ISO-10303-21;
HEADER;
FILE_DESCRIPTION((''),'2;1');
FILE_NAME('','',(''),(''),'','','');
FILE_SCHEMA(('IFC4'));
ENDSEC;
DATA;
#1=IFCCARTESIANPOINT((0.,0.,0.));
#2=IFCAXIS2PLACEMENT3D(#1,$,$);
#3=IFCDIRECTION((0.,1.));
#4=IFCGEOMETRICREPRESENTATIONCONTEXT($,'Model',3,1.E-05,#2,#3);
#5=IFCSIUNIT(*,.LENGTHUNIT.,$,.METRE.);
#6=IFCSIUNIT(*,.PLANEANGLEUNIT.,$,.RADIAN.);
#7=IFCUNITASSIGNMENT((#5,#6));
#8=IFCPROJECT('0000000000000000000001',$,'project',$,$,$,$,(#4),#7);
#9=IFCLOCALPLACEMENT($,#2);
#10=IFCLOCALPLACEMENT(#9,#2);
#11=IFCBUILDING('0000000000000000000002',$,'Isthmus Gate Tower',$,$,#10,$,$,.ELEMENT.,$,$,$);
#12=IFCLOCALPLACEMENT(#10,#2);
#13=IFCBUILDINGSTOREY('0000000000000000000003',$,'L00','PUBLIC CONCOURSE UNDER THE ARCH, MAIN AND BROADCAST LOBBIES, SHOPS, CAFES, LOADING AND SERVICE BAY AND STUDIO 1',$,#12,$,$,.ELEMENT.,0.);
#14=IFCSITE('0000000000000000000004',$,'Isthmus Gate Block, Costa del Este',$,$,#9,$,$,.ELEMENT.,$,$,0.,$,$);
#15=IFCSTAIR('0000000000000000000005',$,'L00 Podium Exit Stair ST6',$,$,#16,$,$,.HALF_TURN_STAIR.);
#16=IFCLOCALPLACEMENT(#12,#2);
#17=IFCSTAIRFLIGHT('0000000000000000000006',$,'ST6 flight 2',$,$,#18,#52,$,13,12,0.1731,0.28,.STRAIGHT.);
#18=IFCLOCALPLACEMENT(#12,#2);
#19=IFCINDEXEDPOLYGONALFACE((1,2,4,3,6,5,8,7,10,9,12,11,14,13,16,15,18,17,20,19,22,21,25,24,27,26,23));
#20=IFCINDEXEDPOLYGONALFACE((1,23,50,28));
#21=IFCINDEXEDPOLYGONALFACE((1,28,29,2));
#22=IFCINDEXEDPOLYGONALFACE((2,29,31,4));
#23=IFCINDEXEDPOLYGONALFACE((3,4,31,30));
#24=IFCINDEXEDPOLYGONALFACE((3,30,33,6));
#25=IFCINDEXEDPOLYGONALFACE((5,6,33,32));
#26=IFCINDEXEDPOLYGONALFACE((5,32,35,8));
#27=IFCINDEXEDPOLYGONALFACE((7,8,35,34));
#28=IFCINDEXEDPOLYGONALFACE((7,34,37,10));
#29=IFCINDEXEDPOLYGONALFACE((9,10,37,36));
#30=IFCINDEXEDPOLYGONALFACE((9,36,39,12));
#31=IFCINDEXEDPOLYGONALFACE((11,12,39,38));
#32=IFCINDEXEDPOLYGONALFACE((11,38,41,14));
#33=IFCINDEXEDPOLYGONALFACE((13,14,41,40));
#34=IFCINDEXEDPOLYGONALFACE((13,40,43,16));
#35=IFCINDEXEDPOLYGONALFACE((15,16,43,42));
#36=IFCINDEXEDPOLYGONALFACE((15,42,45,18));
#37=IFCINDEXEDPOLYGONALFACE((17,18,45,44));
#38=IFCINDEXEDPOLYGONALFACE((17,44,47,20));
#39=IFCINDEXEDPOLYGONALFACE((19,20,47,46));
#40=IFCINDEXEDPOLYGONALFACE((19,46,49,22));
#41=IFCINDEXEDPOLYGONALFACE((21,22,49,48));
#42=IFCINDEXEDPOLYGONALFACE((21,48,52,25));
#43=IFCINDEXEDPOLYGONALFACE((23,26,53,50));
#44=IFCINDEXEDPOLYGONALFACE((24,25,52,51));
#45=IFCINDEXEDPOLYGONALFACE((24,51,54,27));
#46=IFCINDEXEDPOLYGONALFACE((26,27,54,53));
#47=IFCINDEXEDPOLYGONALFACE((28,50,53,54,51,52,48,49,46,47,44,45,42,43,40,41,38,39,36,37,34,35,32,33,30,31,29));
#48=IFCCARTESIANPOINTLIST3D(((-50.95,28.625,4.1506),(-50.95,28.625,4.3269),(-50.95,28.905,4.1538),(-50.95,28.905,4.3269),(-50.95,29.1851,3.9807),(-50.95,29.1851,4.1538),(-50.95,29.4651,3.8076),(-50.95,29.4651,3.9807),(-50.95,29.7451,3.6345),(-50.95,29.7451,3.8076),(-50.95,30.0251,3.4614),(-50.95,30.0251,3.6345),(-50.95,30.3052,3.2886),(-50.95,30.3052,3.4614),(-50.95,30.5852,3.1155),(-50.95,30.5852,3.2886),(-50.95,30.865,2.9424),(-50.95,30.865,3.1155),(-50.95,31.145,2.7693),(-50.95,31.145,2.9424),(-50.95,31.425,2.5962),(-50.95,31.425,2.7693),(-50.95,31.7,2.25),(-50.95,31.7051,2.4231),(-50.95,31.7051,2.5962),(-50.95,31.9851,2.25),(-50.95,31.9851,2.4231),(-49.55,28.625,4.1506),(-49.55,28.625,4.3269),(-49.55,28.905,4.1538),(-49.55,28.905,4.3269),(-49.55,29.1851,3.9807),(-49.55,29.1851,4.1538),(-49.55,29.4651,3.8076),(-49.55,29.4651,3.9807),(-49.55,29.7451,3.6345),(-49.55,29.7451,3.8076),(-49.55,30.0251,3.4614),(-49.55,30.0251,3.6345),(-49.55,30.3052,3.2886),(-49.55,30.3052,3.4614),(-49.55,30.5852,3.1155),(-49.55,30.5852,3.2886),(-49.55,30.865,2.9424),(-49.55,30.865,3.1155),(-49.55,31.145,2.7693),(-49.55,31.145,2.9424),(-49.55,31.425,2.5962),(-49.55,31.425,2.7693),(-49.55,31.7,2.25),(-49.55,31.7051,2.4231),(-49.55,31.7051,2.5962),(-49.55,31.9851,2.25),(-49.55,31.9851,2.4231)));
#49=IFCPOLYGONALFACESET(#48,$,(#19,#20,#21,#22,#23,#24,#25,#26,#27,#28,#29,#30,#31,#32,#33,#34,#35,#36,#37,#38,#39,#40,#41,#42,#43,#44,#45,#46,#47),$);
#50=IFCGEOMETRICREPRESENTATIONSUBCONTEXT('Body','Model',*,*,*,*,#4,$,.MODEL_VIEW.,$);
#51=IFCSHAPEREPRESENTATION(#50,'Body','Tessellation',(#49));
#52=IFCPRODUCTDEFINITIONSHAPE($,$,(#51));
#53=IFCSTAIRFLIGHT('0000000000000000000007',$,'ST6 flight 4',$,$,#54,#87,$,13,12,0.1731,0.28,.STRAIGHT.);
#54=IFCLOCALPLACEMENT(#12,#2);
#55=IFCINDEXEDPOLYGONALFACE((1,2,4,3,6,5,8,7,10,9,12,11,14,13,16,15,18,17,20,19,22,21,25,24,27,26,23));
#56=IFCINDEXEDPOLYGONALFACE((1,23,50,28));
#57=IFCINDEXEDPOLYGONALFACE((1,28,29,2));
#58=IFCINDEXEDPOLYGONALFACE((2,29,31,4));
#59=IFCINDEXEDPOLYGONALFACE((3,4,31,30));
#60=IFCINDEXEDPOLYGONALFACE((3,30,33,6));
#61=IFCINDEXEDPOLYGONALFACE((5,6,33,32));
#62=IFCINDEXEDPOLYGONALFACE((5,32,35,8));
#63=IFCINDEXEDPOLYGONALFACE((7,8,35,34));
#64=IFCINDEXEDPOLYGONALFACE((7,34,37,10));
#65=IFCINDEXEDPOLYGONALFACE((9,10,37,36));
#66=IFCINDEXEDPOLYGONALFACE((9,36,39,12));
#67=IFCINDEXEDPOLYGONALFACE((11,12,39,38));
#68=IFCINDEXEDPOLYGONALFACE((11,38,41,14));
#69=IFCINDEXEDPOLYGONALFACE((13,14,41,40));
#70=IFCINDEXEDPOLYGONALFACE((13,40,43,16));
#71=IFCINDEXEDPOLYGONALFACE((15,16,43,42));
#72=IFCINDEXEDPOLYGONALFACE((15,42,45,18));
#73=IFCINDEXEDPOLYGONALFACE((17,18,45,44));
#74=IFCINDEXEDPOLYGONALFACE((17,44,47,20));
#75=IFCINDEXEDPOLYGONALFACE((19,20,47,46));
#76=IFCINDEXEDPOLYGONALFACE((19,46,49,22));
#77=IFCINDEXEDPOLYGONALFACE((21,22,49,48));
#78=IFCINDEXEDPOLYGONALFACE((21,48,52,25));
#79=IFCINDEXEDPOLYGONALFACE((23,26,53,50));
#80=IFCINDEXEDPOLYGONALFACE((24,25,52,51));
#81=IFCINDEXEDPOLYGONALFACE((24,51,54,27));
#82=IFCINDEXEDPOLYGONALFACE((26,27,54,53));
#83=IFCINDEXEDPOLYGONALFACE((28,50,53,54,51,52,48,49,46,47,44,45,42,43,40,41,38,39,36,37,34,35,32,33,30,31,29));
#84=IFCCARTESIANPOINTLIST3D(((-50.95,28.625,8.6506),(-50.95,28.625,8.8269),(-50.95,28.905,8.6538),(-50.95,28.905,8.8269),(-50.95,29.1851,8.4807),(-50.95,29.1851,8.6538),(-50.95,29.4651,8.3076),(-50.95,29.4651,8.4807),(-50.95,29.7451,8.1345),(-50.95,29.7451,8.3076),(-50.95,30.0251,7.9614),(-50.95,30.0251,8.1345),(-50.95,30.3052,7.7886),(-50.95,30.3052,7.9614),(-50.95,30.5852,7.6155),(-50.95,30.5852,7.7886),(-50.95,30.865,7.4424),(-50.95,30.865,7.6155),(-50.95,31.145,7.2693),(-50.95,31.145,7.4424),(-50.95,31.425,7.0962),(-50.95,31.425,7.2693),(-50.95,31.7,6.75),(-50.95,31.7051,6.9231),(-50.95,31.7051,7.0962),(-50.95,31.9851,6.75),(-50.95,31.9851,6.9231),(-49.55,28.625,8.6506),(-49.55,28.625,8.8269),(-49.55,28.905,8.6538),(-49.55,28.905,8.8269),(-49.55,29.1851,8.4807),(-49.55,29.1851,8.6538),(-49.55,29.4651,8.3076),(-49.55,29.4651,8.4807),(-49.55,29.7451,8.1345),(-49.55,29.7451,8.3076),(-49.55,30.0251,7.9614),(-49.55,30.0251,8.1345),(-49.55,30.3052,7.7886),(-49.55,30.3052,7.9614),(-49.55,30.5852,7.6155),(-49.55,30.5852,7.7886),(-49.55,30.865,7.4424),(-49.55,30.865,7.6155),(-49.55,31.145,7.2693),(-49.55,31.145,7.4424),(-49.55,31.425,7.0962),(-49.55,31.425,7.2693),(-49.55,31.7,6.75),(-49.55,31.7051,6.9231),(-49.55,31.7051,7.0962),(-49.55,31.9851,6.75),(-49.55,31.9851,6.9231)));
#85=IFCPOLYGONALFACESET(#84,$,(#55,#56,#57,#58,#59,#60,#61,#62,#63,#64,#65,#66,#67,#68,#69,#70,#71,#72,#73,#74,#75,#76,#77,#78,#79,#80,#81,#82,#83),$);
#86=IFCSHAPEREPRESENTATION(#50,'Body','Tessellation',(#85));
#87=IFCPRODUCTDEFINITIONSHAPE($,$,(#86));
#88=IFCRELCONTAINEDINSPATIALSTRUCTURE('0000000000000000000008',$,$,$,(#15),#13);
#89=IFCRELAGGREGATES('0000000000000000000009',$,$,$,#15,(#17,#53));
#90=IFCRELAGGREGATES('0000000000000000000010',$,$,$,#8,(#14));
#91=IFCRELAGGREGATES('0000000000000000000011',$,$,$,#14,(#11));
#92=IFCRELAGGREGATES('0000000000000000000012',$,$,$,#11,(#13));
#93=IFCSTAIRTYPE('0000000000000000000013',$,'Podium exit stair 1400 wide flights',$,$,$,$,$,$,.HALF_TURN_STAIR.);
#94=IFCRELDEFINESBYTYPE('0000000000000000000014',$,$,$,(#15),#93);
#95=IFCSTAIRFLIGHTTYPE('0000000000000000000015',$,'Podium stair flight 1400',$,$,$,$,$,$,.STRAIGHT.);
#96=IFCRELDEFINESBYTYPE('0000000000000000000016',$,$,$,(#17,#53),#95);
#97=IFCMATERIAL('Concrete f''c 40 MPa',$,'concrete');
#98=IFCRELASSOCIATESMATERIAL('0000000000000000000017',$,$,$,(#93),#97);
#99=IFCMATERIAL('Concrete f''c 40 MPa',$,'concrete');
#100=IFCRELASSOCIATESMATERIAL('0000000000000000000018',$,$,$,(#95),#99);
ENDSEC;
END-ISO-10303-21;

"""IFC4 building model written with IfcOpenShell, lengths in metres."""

from ifc_helpers import new_model, si_unit, direction, frame, origin, place, context, subcontext, project, spatial, polyline, outline, extrude, material, type_object, element, aggregate, save


model = new_model("IFC4")

# Units and contexts
model_context = context("Model", 3, precision=1e-05, world=origin(), true_north=direction((0.0, 1.0)))
body_context = subcontext(model_context, "Body", "Model", "MODEL_VIEW")
ifc_project = project(units=[si_unit("LENGTHUNIT", "METRE"), si_unit("PLANEANGLEUNIT", "RADIAN")], contexts=[model_context])

# Site, building, storey
site_placement = place(None, origin())
site = spatial("IfcSite", under=ifc_project, at=site_placement, Name="Isthmus Gate Block, Costa del Este", CompositionType="ELEMENT", RefElevation=0.0)
building_placement = place(site_placement, origin())
building = spatial("IfcBuilding", under=site, at=building_placement, Name="Isthmus Gate Tower", CompositionType="ELEMENT")
storey_placement = place(building_placement, origin())
storey = spatial("IfcBuildingStorey", under=building, at=storey_placement, Name="L00", Description="PUBLIC CONCOURSE UNDER THE ARCH, MAIN AND BROADCAST LOBBIES, SHOPS, CAFES, LOADING AND SERVICE BAY AND STUDIO 1", CompositionType="ELEMENT", Elevation=0.0)

# Stair, stair flights
ifc_material_1 = material(Name="Concrete f'c 40 MPa", Category="concrete")
stair_type = type_object("IfcStairType", Name="Podium exit stair 1400 wide flights", PredefinedType="HALF_TURN_STAIR", material=ifc_material_1)
stair_placement = place(storey_placement, origin())
stair = element("IfcStair", 1, at=stair_placement, inside=storey, type_object=stair_type, Name="L00 Podium Exit Stair ST6", PredefinedType="HALF_TURN_STAIR")
ifc_material_2 = material(Name="Concrete f'c 40 MPa", Category="concrete")
stair_flight_type = type_object("IfcStairFlightType", Name="Podium stair flight 1400", PredefinedType="STRAIGHT", material=ifc_material_2)
stair_flight_1_placement = place(storey_placement, frame((-50.25, 31.9851, 2.25), z_axis=(0.0, 0.0, 1.0), x_axis=(0.0, -1.0, 0.0)))
stair_flight_1 = element("IfcStairFlight", 2, at=stair_flight_1_placement, type_object=stair_flight_type, Name="ST6 flight 2", NumberOfRisers=13, NumberOfTreads=12, PredefinedType="STRAIGHT", RiserHeight=0.1731, TreadLength=0.28, context=body_context, shape_type="SweptSolid", body=[
    extrude(outline(polyline([(0.0, 0.0), (0.0, 0.1731), (0.28, 0.1731), (0.28, 0.3462), (0.5601, 0.3462), (0.5601, 0.5193), (0.8401, 0.5193), (0.8401, 0.6924), (1.1201, 0.6924), (1.1201, 0.8655), (1.3999, 0.8655), (1.3999, 1.0386), (1.6799, 1.0386), (1.6799, 1.2114), (1.96, 1.2114), (1.96, 1.3845), (2.24, 1.3845), (2.24, 1.5576), (2.52, 1.5576), (2.52, 1.7307), (2.8, 1.7307), (2.8, 1.9038), (3.0801, 1.9038), (3.0801, 2.0769), (3.3601, 2.0769), (3.3601, 2.25), (3.3601, 1.9006), (0.2852, 0.0), (0.0, 0.0)])), frame((0.0, 0.7, 0.0), z_axis=(0.0, -1.0, 0.0), x_axis=(1.0, 0.0, 0.0)), (0.0, 0.0, 1.0), 1.3999),
])
stair_flight_2_placement = place(storey_placement, frame((-50.25, 31.9851, 6.75), z_axis=(0.0, 0.0, 1.0), x_axis=(0.0, -1.0, 0.0)))
stair_flight_2 = element("IfcStairFlight", 3, at=stair_flight_2_placement, type_object=stair_flight_type, Name="ST6 flight 4", NumberOfRisers=13, NumberOfTreads=12, PredefinedType="STRAIGHT", RiserHeight=0.1731, TreadLength=0.28, context=body_context, shape_type="SweptSolid", body=[
    extrude(outline(polyline([(0.0, 0.0), (0.0, 0.1731), (0.28, 0.1731), (0.28, 0.3462), (0.5601, 0.3462), (0.5601, 0.5193), (0.8401, 0.5193), (0.8401, 0.6924), (1.1201, 0.6924), (1.1201, 0.8655), (1.3999, 0.8655), (1.3999, 1.0386), (1.6799, 1.0386), (1.6799, 1.2114), (1.96, 1.2114), (1.96, 1.3845), (2.24, 1.3845), (2.24, 1.5576), (2.52, 1.5576), (2.52, 1.7307), (2.8, 1.7307), (2.8, 1.9038), (3.0801, 1.9038), (3.0801, 2.0769), (3.3601, 2.0769), (3.3601, 2.25), (3.3601, 1.9006), (0.2852, 0.0), (0.0, 0.0)])), frame((0.0, 0.7, 0.0), z_axis=(0.0, -1.0, 0.0), x_axis=(1.0, 0.0, 0.0)), (0.0, 0.0, 1.0), 1.3999),
])
aggregate(stair, [stair_flight_1, stair_flight_2])

save(model, "model.ifc")
